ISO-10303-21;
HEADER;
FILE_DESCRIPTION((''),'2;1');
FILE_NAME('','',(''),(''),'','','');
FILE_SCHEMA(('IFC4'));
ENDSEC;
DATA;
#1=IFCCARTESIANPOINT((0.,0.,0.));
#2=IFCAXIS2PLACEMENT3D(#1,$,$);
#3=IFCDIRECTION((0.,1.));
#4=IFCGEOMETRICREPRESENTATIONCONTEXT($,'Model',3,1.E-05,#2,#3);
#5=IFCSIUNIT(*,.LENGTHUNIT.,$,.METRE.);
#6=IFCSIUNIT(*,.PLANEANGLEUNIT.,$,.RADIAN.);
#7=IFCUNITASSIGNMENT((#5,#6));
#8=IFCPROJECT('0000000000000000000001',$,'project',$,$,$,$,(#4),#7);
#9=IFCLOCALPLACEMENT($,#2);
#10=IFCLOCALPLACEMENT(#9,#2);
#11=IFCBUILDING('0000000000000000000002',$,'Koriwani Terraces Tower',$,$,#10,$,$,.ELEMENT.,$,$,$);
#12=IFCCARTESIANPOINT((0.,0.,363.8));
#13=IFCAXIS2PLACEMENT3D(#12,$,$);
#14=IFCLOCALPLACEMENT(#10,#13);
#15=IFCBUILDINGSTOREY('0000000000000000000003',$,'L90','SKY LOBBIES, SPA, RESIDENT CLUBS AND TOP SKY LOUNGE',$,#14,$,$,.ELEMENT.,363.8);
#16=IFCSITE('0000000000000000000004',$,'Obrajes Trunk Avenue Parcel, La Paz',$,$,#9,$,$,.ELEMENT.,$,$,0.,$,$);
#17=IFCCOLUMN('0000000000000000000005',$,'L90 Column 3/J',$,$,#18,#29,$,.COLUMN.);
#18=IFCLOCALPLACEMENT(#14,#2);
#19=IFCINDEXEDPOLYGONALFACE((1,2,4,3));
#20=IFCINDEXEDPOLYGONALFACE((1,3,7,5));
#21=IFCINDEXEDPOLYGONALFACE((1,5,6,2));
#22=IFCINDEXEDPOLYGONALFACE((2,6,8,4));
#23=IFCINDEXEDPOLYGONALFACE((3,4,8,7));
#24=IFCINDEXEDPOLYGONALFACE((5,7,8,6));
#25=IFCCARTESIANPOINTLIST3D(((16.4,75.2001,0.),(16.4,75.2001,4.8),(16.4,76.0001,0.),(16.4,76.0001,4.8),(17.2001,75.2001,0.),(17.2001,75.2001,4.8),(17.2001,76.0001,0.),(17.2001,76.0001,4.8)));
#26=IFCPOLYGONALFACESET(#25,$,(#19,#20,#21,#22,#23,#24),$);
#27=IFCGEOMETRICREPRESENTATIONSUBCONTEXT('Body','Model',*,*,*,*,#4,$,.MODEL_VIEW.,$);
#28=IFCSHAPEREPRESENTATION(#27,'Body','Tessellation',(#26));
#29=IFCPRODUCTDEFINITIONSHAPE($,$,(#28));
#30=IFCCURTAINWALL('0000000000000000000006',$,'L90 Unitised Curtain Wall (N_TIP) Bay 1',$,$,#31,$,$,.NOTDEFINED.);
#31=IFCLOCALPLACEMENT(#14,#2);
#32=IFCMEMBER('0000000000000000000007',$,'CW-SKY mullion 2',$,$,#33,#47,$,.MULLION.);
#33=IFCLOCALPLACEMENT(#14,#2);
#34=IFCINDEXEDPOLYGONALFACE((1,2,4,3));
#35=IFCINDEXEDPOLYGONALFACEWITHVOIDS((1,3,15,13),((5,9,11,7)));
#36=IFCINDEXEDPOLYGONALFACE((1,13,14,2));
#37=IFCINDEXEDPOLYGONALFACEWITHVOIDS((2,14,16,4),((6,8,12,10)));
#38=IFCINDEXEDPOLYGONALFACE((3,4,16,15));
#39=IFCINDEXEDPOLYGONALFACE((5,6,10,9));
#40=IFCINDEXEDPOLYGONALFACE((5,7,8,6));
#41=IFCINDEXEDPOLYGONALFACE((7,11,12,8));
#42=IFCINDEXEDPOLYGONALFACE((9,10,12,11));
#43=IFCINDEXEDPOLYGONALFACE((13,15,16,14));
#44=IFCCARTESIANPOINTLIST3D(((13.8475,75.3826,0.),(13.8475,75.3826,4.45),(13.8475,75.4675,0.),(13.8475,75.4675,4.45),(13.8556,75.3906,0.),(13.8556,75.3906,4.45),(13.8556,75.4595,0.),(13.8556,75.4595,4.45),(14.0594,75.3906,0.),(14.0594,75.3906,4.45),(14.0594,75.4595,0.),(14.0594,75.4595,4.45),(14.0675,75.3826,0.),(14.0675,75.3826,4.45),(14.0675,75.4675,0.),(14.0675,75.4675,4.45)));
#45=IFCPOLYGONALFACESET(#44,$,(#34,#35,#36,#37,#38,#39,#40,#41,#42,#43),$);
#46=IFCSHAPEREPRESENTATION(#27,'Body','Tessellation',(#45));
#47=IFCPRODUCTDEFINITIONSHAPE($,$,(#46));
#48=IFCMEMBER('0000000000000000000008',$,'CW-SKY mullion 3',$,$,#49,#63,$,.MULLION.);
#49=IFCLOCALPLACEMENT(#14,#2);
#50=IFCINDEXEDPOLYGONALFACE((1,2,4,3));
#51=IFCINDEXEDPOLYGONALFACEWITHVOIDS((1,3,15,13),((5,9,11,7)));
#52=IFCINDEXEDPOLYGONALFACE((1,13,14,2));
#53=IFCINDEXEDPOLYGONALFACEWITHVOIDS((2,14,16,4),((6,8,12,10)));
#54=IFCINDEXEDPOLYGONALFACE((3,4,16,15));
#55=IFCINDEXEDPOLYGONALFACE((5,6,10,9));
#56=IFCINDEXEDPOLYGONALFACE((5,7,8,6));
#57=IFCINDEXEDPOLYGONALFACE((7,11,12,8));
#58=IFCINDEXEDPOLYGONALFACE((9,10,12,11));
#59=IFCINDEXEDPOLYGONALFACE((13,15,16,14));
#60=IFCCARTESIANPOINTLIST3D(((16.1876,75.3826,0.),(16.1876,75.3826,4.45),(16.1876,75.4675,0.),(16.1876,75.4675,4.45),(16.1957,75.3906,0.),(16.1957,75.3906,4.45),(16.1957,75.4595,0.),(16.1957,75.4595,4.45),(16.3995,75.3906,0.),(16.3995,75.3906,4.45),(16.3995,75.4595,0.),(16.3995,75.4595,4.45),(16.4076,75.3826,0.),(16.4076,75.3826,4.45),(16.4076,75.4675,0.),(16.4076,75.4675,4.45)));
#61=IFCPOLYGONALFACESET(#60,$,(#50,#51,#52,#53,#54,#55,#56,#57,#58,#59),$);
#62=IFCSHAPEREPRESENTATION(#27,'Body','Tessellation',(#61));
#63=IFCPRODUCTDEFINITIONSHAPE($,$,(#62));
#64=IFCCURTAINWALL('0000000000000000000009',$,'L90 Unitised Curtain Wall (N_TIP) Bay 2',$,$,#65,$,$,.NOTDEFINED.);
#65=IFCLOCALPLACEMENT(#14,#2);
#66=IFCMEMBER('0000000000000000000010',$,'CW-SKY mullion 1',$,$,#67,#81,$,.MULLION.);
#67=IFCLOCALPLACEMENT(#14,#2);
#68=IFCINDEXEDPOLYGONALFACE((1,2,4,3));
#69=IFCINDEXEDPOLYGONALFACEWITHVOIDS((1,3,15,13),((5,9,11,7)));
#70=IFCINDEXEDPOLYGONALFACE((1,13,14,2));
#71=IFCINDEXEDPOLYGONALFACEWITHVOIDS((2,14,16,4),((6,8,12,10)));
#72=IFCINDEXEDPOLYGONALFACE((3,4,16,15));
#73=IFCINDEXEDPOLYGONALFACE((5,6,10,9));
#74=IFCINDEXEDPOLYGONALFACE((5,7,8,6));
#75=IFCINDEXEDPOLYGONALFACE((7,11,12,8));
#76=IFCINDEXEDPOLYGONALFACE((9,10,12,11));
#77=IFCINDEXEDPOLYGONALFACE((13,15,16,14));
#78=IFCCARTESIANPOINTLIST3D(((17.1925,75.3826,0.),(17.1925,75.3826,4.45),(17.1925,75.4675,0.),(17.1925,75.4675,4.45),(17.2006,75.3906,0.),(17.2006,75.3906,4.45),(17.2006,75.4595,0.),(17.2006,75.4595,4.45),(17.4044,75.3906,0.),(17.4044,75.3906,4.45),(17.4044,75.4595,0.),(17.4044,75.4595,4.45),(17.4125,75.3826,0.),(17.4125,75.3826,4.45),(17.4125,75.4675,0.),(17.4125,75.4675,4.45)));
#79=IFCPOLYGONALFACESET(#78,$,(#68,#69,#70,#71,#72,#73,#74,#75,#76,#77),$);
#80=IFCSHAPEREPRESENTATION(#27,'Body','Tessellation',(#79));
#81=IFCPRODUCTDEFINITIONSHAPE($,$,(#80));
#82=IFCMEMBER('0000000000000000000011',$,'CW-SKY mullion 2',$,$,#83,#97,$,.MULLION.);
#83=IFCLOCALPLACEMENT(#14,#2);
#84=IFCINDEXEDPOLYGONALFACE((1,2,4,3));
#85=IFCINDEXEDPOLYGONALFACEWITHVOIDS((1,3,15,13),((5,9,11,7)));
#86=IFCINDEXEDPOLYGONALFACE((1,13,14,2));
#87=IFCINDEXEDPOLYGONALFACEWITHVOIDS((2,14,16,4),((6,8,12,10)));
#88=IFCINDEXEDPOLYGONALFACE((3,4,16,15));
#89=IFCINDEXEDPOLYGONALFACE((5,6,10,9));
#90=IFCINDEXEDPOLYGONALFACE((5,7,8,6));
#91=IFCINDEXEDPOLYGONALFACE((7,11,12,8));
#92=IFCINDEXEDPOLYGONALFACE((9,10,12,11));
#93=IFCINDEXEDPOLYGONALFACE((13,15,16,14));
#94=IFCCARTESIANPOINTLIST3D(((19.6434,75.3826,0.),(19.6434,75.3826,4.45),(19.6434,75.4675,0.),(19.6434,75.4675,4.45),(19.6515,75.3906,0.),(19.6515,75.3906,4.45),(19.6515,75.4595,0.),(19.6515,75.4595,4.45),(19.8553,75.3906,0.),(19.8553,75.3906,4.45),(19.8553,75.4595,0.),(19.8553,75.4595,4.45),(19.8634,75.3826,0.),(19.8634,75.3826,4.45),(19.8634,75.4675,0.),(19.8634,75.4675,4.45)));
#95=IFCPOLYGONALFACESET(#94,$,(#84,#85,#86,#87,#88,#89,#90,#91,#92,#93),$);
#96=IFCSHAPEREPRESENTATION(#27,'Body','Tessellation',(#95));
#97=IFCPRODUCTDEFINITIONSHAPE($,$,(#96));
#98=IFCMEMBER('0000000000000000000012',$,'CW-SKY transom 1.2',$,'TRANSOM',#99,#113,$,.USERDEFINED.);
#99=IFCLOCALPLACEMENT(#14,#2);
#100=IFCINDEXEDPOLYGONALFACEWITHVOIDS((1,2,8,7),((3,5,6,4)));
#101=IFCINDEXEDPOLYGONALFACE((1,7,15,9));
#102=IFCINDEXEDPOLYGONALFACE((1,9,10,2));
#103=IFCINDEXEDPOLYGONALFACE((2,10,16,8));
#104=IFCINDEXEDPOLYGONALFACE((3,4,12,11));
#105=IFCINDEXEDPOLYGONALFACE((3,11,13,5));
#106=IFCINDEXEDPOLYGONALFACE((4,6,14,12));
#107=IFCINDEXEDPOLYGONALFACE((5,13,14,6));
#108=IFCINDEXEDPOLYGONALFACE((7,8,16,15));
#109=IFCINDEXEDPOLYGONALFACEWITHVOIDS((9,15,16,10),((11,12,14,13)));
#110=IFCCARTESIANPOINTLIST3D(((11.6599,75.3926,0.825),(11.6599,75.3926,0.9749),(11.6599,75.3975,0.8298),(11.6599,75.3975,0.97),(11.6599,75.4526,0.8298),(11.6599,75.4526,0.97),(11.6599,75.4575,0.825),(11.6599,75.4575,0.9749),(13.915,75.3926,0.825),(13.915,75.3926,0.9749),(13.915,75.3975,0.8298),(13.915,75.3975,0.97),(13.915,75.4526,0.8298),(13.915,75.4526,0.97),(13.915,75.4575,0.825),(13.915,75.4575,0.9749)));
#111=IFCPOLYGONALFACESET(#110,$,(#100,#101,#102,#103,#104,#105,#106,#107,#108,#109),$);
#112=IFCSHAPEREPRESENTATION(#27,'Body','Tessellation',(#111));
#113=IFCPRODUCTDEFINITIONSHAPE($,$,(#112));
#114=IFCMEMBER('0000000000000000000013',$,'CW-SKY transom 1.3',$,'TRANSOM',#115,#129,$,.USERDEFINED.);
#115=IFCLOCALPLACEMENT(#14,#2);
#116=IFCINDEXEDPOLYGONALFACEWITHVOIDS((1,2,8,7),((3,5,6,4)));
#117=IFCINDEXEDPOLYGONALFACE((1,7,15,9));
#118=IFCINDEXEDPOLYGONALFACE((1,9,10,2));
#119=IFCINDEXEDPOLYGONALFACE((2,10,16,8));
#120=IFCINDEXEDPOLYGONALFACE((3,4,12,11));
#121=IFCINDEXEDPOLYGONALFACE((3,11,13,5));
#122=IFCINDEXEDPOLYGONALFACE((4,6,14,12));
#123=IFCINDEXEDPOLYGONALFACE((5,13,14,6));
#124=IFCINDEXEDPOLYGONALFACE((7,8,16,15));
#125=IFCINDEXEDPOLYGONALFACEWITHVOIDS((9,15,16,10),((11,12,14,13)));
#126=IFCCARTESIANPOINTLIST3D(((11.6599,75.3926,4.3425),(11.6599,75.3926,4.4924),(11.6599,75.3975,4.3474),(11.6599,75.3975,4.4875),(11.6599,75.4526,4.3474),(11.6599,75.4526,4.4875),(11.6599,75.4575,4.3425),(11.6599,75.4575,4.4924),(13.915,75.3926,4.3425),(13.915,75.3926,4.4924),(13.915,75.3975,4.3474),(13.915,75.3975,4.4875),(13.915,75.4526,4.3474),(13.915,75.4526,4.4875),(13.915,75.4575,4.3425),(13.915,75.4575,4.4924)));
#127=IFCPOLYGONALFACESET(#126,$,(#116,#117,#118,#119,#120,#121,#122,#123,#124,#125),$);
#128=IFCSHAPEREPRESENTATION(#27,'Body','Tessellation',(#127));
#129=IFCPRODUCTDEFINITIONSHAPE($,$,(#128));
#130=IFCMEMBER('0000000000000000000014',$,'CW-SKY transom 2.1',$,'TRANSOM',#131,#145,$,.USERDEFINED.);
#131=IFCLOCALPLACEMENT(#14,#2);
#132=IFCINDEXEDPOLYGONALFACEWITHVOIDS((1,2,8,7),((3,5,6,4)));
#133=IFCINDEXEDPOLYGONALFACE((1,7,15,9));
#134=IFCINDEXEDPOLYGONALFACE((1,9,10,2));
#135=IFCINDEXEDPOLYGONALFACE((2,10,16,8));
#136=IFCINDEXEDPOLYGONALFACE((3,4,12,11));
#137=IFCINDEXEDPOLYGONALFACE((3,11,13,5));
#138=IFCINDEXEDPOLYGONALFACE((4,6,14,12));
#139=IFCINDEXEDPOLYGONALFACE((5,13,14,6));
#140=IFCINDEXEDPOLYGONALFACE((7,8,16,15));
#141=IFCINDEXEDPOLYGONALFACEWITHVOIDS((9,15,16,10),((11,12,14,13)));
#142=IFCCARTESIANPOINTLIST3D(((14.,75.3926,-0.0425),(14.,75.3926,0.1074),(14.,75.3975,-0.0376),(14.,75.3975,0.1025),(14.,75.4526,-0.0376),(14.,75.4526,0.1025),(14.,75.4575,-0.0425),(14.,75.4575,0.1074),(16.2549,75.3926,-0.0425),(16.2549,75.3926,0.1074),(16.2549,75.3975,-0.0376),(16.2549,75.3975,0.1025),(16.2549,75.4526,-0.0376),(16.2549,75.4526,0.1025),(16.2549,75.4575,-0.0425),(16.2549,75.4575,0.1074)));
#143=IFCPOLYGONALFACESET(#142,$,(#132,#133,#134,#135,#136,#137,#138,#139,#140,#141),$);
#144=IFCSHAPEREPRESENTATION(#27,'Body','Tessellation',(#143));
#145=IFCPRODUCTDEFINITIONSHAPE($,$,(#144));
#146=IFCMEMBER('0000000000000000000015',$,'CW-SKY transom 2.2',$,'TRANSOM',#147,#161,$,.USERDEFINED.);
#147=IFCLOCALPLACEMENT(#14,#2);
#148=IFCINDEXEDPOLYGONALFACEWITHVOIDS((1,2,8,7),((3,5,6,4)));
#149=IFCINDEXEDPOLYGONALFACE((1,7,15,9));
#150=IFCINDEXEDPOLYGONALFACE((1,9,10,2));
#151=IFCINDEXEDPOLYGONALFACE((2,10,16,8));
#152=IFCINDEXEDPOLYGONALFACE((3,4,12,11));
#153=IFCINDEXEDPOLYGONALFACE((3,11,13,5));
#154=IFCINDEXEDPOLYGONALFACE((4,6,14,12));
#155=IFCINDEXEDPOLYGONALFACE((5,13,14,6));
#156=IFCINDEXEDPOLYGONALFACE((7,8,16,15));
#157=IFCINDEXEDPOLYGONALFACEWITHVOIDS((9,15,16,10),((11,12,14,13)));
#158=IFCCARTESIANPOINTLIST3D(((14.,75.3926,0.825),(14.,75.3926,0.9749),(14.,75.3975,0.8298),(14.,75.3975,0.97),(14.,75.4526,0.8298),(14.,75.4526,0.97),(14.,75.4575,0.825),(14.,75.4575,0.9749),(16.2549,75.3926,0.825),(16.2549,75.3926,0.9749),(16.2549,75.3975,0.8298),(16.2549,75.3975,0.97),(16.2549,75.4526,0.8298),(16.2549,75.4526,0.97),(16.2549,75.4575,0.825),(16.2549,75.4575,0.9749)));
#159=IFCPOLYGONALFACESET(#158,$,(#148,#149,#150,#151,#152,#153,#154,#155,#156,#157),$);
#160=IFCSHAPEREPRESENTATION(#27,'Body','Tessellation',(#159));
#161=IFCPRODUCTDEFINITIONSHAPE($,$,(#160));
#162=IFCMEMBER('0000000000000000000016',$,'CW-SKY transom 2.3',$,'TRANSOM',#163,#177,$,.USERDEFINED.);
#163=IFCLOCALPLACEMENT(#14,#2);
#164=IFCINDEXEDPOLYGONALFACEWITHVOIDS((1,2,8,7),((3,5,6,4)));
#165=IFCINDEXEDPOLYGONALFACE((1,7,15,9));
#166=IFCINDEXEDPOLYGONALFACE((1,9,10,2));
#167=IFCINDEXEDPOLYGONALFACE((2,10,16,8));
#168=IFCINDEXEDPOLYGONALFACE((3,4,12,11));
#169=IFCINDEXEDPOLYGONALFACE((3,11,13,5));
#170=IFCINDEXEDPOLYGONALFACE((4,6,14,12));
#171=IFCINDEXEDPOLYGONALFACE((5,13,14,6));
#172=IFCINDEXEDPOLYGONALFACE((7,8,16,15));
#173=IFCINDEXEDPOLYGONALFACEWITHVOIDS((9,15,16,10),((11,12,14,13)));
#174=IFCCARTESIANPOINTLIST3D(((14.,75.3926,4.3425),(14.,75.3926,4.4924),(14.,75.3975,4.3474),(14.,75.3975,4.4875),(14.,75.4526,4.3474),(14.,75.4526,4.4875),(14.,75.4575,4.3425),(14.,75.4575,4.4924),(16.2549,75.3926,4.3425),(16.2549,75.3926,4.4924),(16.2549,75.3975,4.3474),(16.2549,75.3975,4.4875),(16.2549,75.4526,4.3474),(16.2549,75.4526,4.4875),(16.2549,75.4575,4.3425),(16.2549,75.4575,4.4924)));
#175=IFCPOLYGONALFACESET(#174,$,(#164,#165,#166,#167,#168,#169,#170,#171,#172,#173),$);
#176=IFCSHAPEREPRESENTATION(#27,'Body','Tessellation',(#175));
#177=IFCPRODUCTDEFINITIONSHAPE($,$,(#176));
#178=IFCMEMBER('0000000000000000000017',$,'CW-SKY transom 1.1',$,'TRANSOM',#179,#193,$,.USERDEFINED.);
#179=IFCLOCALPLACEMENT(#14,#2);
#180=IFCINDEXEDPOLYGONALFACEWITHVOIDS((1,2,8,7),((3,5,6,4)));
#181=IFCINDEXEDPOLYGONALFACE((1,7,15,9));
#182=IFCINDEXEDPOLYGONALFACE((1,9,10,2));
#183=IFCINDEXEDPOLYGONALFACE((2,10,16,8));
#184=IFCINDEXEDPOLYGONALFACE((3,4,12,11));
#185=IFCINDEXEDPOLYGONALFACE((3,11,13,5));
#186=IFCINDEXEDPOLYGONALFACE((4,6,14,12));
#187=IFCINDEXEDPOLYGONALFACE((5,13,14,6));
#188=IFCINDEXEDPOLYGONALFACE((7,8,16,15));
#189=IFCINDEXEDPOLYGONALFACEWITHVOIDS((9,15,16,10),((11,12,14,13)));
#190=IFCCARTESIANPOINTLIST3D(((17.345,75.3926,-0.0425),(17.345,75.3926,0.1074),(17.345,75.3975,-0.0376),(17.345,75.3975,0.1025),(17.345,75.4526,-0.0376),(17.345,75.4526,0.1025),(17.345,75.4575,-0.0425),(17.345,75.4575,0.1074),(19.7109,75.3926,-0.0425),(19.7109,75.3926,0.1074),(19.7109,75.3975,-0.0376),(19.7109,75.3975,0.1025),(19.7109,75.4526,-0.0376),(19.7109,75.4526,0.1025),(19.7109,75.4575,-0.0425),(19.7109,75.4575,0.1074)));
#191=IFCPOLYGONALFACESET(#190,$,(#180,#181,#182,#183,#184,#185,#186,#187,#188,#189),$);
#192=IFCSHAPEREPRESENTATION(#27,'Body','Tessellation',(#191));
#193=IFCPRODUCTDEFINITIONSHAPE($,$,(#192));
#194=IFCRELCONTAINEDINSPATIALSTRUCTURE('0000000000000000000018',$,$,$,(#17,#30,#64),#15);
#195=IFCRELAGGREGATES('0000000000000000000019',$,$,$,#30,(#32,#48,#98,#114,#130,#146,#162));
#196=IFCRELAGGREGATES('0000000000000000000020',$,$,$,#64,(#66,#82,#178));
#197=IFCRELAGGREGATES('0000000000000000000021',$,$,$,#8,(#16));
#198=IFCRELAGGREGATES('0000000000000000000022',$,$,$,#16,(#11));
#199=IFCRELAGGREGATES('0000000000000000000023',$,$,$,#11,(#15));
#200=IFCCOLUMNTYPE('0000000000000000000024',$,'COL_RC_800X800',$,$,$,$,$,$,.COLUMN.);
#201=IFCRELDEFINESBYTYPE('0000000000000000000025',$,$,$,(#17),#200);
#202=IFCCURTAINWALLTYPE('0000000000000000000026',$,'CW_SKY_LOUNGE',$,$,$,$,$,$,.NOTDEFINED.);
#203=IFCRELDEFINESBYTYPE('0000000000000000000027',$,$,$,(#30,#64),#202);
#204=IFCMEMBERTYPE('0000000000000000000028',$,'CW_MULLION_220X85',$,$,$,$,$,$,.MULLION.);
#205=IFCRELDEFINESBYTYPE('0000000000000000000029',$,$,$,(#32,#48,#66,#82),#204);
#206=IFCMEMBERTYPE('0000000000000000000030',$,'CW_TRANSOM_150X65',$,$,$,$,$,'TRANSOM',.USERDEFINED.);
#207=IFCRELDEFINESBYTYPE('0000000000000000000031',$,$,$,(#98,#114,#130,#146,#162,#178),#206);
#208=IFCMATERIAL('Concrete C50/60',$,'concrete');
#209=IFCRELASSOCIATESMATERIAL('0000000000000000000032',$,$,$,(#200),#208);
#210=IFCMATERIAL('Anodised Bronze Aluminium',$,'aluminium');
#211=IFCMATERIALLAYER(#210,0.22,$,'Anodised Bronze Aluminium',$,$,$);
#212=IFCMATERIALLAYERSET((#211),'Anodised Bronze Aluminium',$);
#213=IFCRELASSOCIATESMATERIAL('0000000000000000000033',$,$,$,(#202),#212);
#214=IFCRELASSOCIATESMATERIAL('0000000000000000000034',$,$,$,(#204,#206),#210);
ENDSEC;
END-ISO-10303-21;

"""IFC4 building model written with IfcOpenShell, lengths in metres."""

from ifc_helpers import new_model, si_unit, direction, frame, origin, origin_2d, place, context, subcontext, project, spatial, rectangle, hollow_rectangle, extrude, material, layer, layer_set, material_profile, profile_set, type_object, element, aggregate, save


model = new_model("IFC4")

# Units and contexts
model_context = context("Model", 3, precision=1e-05, world=origin(), true_north=direction((0.0, 1.0)))
body_context = subcontext(model_context, "Body", "Model", "MODEL_VIEW")
ifc_project = project(units=[si_unit("LENGTHUNIT", "METRE"), si_unit("PLANEANGLEUNIT", "RADIAN")], contexts=[model_context])

# Site, building, storey
site_placement = place(None, origin())
site = spatial("IfcSite", under=ifc_project, at=site_placement, Name="Obrajes Trunk Avenue Parcel, La Paz", CompositionType="ELEMENT", RefElevation=0.0)
building_placement = place(site_placement, origin())
building = spatial("IfcBuilding", under=site, at=building_placement, Name="Koriwani Terraces Tower", CompositionType="ELEMENT")
storey_placement = place(building_placement, frame((0.0, 0.0, 363.8)))
storey = spatial("IfcBuildingStorey", under=building, at=storey_placement, Name="L90", Description="SKY LOBBIES, SPA, RESIDENT CLUBS AND TOP SKY LOUNGE", CompositionType="ELEMENT", Elevation=363.8)

# Column
ifc_material_1 = material(Name="Concrete C50/60", Category="concrete")
ifc_material_profile_1 = material_profile(ifc_material_1, rectangle(XDim=0.8, YDim=0.8, at=origin_2d()), Name="Concrete C50/60", Category="LoadBearing")
ifc_profile_set_1 = profile_set([ifc_material_profile_1], Name="Concrete C50/60")
column_type = type_object("IfcColumnType", Name="COL_RC_800X800", PredefinedType="COLUMN", material=ifc_profile_set_1)
column_placement = place(storey_placement, frame((16.8, 75.6001, 0.0), z_axis=(0.0, 0.0, 1.0), x_axis=(1.0, 0.0, 0.0)))
element("IfcColumn", 1, at=column_placement, inside=storey, type_object=column_type, Name="L90 Column 3/J", PredefinedType="COLUMN", context=body_context, shape_type="SweptSolid", body=[
    extrude(rectangle(XDim=0.8, YDim=0.8, at=origin_2d()), origin(), (0.0, 0.0, 1.0), 4.8),
])

# Curtain walls, members
ifc_material_2 = material(Name="Anodised Bronze Aluminium", Category="aluminium")
ifc_layer_1 = layer(ifc_material_2, 0.22, Name="Anodised Bronze Aluminium")
ifc_layer_set_1 = layer_set([ifc_layer_1], Name="Anodised Bronze Aluminium")
curtain_wall_type = type_object("IfcCurtainWallType", Name="CW_SKY_LOUNGE", PredefinedType="NOTDEFINED", material=ifc_layer_set_1)
curtain_wall_1_placement = place(storey_placement, origin())
curtain_wall_1 = element("IfcCurtainWall", 2, at=curtain_wall_1_placement, inside=storey, type_object=curtain_wall_type, Name="L90 Unitised Curtain Wall (N_TIP) Bay 1", PredefinedType="NOTDEFINED")
ifc_material_profile_2 = material_profile(ifc_material_2, hollow_rectangle(XDim=0.085, YDim=0.22, WallThickness=0.0081, at=origin_2d()), Name="Anodised Bronze Aluminium", Category="LoadBearing")
ifc_profile_set_2 = profile_set([ifc_material_profile_2], Name="Anodised Bronze Aluminium")
member_type_1 = type_object("IfcMemberType", Name="CW_MULLION_220X85", PredefinedType="MULLION", material=ifc_profile_set_2)
member_1_placement = place(storey_placement, frame((13.9575, 75.425, 0.0), z_axis=(0.0, 0.0, 1.0), x_axis=(0.0, 1.0, 0.0)))
member_1 = element("IfcMember", 3, at=member_1_placement, type_object=member_type_1, Name="CW-SKY mullion 2", PredefinedType="MULLION", context=body_context, shape_type="SweptSolid", body=[
    extrude(hollow_rectangle(XDim=0.085, YDim=0.22, WallThickness=0.0081, at=origin_2d()), origin(), (0.0, 0.0, 1.0), 4.45),
])
member_2_placement = place(storey_placement, frame((16.2976, 75.425, 0.0), z_axis=(0.0, 0.0, 1.0), x_axis=(0.0, 1.0, 0.0)))
member_2 = element("IfcMember", 4, at=member_2_placement, type_object=member_type_1, Name="CW-SKY mullion 3", PredefinedType="MULLION", context=body_context, shape_type="SweptSolid", body=[
    extrude(hollow_rectangle(XDim=0.085, YDim=0.22, WallThickness=0.0081, at=origin_2d()), origin(), (0.0, 0.0, 1.0), 4.45),
])
curtain_wall_2_placement = place(storey_placement, origin())
curtain_wall_2 = element("IfcCurtainWall", 5, at=curtain_wall_2_placement, inside=storey, type_object=curtain_wall_type, Name="L90 Unitised Curtain Wall (N_TIP) Bay 2", PredefinedType="NOTDEFINED")
member_3_placement = place(storey_placement, frame((17.3025, 75.425, 0.0), z_axis=(0.0, 0.0, 1.0), x_axis=(0.0, 1.0, 0.0)))
member_3 = element("IfcMember", 6, at=member_3_placement, type_object=member_type_1, Name="CW-SKY mullion 1", PredefinedType="MULLION", context=body_context, shape_type="SweptSolid", body=[
    extrude(hollow_rectangle(XDim=0.085, YDim=0.22, WallThickness=0.0081, at=origin_2d()), origin(), (0.0, 0.0, 1.0), 4.45),
])
member_4_placement = place(storey_placement, frame((19.7534, 75.425, 0.0), z_axis=(0.0, 0.0, 1.0), x_axis=(0.0, 1.0, 0.0)))
member_4 = element("IfcMember", 7, at=member_4_placement, type_object=member_type_1, Name="CW-SKY mullion 2", PredefinedType="MULLION", context=body_context, shape_type="SweptSolid", body=[
    extrude(hollow_rectangle(XDim=0.085, YDim=0.22, WallThickness=0.0081, at=origin_2d()), origin(), (0.0, 0.0, 1.0), 4.45),
])

# Members
ifc_material_profile_3 = material_profile(ifc_material_2, hollow_rectangle(XDim=0.0649, YDim=0.1499, WallThickness=0.0049, at=origin_2d()), Name="Anodised Bronze Aluminium", Category="LoadBearing")
ifc_profile_set_3 = profile_set([ifc_material_profile_3], Name="Anodised Bronze Aluminium")
member_type_2 = type_object("IfcMemberType", Name="CW_TRANSOM_150X65", ElementType="TRANSOM", PredefinedType="USERDEFINED", material=ifc_profile_set_3)
member_5_placement = place(storey_placement, frame((11.6599, 75.425, 0.8999), z_axis=(1.0, 0.0, 0.0), x_axis=(0.0, 1.0, 0.0)))
member_5 = element("IfcMember", 8, at=member_5_placement, type_object=member_type_2, Name="CW-SKY transom 1.2", ObjectType="TRANSOM", PredefinedType="USERDEFINED", context=body_context, shape_type="SweptSolid", body=[
    extrude(hollow_rectangle(XDim=0.0649, YDim=0.1499, WallThickness=0.0049, at=origin_2d()), origin(), (0.0, 0.0, 1.0), 2.2551),
])
member_6_placement = place(storey_placement, frame((11.6599, 75.425, 4.4175), z_axis=(1.0, 0.0, 0.0), x_axis=(0.0, 1.0, 0.0)))
member_6 = element("IfcMember", 9, at=member_6_placement, type_object=member_type_2, Name="CW-SKY transom 1.3", ObjectType="TRANSOM", PredefinedType="USERDEFINED", context=body_context, shape_type="SweptSolid", body=[
    extrude(hollow_rectangle(XDim=0.0649, YDim=0.1499, WallThickness=0.0049, at=origin_2d()), origin(), (0.0, 0.0, 1.0), 2.2551),
])
member_7_placement = place(storey_placement, frame((14.0, 75.425, 0.0325), z_axis=(1.0, 0.0, 0.0), x_axis=(0.0, 1.0, 0.0)))
member_7 = element("IfcMember", 10, at=member_7_placement, type_object=member_type_2, Name="CW-SKY transom 2.1", ObjectType="TRANSOM", PredefinedType="USERDEFINED", context=body_context, shape_type="SweptSolid", body=[
    extrude(hollow_rectangle(XDim=0.0649, YDim=0.1499, WallThickness=0.0049, at=origin_2d()), origin(), (0.0, 0.0, 1.0), 2.2549),
])
member_8_placement = place(storey_placement, frame((14.0, 75.425, 0.8999), z_axis=(1.0, 0.0, 0.0), x_axis=(0.0, 1.0, 0.0)))
member_8 = element("IfcMember", 11, at=member_8_placement, type_object=member_type_2, Name="CW-SKY transom 2.2", ObjectType="TRANSOM", PredefinedType="USERDEFINED", context=body_context, shape_type="SweptSolid", body=[
    extrude(hollow_rectangle(XDim=0.0649, YDim=0.1499, WallThickness=0.0049, at=origin_2d()), origin(), (0.0, 0.0, 1.0), 2.2549),
])
member_9_placement = place(storey_placement, frame((14.0, 75.425, 4.4175), z_axis=(1.0, 0.0, 0.0), x_axis=(0.0, 1.0, 0.0)))
member_9 = element("IfcMember", 12, at=member_9_placement, type_object=member_type_2, Name="CW-SKY transom 2.3", ObjectType="TRANSOM", PredefinedType="USERDEFINED", context=body_context, shape_type="SweptSolid", body=[
    extrude(hollow_rectangle(XDim=0.0649, YDim=0.1499, WallThickness=0.0049, at=origin_2d()), origin(), (0.0, 0.0, 1.0), 2.2549),
])
member_10_placement = place(storey_placement, frame((17.345, 75.425, 0.0325), z_axis=(1.0, 0.0, 0.0), x_axis=(0.0, 1.0, 0.0)))
member_10 = element("IfcMember", 13, at=member_10_placement, type_object=member_type_2, Name="CW-SKY transom 1.1", ObjectType="TRANSOM", PredefinedType="USERDEFINED", context=body_context, shape_type="SweptSolid", body=[
    extrude(hollow_rectangle(XDim=0.0649, YDim=0.1499, WallThickness=0.0049, at=origin_2d()), origin(), (0.0, 0.0, 1.0), 2.366),
])

aggregate(curtain_wall_1, [member_1, member_2, member_5, member_6, member_7, member_8, member_9])
aggregate(curtain_wall_2, [member_3, member_4, member_10])

save(model, "model.ifc")
